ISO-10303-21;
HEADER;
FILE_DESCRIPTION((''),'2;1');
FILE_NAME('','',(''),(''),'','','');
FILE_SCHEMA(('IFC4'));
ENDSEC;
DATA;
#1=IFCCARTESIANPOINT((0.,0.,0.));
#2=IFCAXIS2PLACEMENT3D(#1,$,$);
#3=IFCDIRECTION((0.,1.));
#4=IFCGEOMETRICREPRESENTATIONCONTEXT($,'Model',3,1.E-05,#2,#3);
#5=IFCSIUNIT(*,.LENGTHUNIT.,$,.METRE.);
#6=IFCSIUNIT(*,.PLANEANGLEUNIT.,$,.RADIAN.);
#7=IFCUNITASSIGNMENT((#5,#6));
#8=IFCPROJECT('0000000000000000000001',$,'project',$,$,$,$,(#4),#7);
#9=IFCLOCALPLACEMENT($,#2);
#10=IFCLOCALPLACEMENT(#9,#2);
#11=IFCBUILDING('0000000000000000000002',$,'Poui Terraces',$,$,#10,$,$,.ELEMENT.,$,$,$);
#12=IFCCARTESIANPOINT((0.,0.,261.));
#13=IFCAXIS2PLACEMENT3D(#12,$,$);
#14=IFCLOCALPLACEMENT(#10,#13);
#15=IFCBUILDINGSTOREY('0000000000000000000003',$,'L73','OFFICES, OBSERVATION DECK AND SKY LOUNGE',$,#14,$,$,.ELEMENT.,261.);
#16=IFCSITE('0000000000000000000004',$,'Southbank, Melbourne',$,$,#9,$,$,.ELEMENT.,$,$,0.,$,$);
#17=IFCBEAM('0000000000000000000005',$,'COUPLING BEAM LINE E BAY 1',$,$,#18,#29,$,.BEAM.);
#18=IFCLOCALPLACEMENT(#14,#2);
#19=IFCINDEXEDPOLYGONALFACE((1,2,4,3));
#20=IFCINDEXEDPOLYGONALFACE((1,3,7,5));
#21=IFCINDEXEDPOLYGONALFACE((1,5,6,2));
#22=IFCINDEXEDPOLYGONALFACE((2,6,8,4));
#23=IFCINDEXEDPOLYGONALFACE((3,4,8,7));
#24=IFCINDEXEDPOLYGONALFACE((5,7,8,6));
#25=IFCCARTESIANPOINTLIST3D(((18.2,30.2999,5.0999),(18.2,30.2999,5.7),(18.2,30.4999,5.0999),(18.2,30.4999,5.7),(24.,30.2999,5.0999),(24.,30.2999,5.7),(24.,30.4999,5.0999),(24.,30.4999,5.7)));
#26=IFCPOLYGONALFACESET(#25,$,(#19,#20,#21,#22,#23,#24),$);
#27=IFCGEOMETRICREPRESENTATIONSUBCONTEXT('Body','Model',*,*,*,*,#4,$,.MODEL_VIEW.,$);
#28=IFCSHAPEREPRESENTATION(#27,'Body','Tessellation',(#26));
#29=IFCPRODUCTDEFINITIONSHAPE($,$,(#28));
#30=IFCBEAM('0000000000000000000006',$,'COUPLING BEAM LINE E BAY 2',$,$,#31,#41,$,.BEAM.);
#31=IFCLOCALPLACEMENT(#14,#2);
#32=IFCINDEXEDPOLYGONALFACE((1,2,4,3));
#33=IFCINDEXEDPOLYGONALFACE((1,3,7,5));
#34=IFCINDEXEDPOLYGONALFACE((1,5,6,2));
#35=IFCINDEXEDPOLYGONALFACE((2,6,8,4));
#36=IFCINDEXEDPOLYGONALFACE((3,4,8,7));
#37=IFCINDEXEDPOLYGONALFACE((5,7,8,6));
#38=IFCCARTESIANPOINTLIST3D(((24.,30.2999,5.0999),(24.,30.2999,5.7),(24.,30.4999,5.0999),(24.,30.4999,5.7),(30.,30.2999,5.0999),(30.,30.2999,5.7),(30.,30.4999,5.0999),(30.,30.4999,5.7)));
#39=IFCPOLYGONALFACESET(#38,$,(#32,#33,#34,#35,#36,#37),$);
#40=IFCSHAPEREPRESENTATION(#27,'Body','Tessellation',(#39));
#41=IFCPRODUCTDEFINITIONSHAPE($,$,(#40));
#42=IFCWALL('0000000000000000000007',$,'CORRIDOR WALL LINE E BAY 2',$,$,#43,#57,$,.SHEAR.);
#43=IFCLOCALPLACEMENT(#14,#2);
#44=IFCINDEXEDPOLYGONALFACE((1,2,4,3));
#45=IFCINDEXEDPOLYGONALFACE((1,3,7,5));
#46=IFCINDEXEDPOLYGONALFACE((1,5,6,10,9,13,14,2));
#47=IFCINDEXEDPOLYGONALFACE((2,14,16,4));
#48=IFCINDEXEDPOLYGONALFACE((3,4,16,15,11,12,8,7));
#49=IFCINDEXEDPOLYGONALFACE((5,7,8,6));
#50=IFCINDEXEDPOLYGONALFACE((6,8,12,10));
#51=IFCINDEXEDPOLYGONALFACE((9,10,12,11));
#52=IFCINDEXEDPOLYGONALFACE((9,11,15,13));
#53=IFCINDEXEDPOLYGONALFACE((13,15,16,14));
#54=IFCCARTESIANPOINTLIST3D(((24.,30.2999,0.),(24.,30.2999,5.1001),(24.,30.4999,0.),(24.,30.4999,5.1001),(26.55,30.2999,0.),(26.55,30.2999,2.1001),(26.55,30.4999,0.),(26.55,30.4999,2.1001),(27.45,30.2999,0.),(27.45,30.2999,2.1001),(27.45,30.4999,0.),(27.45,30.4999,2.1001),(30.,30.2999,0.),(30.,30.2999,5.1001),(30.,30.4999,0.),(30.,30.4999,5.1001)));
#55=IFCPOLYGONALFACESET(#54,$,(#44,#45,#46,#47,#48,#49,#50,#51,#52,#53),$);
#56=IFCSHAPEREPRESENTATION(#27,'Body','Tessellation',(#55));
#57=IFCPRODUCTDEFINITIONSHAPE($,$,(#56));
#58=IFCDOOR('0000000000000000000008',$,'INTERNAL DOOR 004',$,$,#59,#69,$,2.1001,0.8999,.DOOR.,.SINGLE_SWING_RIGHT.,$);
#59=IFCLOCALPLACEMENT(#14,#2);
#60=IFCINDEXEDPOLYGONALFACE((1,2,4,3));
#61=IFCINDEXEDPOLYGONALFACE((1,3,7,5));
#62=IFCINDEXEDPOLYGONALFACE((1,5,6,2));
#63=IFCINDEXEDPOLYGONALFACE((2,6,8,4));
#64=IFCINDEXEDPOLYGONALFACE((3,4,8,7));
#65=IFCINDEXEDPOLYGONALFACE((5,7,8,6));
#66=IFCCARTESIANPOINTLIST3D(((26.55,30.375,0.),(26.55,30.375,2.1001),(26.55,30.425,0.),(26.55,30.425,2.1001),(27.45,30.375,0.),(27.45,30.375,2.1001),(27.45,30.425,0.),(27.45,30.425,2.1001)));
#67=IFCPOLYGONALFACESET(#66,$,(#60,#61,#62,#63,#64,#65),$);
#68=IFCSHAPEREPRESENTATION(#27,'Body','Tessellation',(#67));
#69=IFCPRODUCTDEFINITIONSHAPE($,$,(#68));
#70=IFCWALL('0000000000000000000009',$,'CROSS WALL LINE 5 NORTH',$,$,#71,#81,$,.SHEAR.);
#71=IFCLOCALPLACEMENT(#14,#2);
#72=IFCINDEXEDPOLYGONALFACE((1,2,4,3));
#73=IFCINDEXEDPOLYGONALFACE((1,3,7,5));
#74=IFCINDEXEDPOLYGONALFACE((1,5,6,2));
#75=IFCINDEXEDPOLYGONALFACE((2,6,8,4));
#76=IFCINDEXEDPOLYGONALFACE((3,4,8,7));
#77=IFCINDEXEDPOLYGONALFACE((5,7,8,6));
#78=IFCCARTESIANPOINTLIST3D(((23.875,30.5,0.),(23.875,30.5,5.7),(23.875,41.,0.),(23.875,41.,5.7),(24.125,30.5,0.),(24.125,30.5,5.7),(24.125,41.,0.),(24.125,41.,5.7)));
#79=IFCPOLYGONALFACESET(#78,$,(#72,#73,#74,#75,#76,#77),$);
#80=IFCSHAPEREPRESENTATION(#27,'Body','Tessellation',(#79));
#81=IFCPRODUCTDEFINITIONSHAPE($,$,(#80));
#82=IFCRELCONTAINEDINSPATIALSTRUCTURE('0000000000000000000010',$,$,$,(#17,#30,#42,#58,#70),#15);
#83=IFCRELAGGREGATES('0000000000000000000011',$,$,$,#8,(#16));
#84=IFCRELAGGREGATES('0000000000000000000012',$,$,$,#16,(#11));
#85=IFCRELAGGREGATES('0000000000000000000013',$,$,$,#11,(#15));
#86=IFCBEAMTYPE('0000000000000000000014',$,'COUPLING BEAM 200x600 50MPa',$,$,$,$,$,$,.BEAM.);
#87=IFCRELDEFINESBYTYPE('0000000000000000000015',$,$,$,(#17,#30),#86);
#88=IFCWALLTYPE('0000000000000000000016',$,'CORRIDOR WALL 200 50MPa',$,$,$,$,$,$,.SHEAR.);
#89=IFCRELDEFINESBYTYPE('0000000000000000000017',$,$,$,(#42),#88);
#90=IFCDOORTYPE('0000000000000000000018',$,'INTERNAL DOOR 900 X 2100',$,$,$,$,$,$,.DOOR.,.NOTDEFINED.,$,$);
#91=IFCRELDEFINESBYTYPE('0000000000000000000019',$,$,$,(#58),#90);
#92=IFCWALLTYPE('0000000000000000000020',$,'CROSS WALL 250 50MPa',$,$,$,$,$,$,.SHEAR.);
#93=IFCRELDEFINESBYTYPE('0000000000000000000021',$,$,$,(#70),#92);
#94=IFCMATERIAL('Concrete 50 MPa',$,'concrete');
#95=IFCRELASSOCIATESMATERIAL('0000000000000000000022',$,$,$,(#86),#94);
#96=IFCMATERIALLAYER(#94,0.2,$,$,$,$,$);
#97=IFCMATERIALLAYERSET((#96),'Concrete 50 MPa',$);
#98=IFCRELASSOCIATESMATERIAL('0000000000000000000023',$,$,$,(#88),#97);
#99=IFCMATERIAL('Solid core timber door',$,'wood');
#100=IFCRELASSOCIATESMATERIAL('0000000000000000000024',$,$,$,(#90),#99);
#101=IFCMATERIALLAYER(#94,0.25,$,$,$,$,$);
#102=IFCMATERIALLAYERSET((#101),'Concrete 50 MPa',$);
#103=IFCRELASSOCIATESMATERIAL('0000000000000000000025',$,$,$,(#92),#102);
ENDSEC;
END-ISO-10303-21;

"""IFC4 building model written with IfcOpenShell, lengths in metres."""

from ifc_helpers import new_model, si_unit, direction, frame, frame_2d, origin, origin_2d, place, context, subcontext, project, spatial, rectangle, extrude, source, transform, mapped, material, layer, layer_set, material_profile, profile_set, type_object, element, fill, save


model = new_model("IFC4")

# Units and contexts
model_context = context("Model", 3, precision=1e-05, world=origin(), true_north=direction((0.0, 1.0)))
body_context = subcontext(model_context, "Body", "Model", "MODEL_VIEW")
ifc_project = project(units=[si_unit("LENGTHUNIT", "METRE"), si_unit("PLANEANGLEUNIT", "RADIAN")], contexts=[model_context])

# Site, building, storey
site_placement = place(None, origin())
site = spatial("IfcSite", under=ifc_project, at=site_placement, Name="Southbank, Melbourne", CompositionType="ELEMENT", RefElevation=0.0)
building_placement = place(site_placement, origin())
building = spatial("IfcBuilding", under=site, at=building_placement, Name="Poui Terraces", CompositionType="ELEMENT")
storey_placement = place(building_placement, frame((0.0, 0.0, 261.0)))
storey = spatial("IfcBuildingStorey", under=building, at=storey_placement, Name="L73", Description="OFFICES, OBSERVATION DECK AND SKY LOUNGE", CompositionType="ELEMENT", Elevation=261.0)

# Beams
ifc_material_1 = material(Name="Concrete 50 MPa", Category="concrete")
ifc_material_profile = material_profile(ifc_material_1, rectangle(XDim=0.2, YDim=0.6001, at=origin_2d()), Name="RC 200x600")
ifc_profile_set = profile_set([ifc_material_profile], Name="Concrete 50 MPa")
beam_type = type_object("IfcBeamType", Name="COUPLING BEAM 200x600 50MPa", PredefinedType="BEAM", material=ifc_profile_set)
shared_shape_1 = source(origin(), body_context, "Body", "SweptSolid", [
    extrude(rectangle(XDim=0.2, YDim=0.6001, at=origin_2d()), origin(), (0.0, 0.0, 1.0), 5.8),
])
beam_1_placement = place(storey_placement, frame((18.2, 30.3999, 5.3999), z_axis=(1.0, 0.0, 0.0), x_axis=(0.0, 1.0, 0.0)))
element("IfcBeam", 1, at=beam_1_placement, inside=storey, type_object=beam_type, Name="COUPLING BEAM LINE E BAY 1", PredefinedType="BEAM", context=body_context, shape_type="MappedRepresentation", body=[
    mapped(shared_shape_1, transform((0.0, 0.0, 0.0))),
])
shared_shape_2 = source(origin(), body_context, "Body", "SweptSolid", [
    extrude(rectangle(XDim=0.2, YDim=0.6001, at=origin_2d()), origin(), (0.0, 0.0, 1.0), 6.0),
])
beam_2_placement = place(storey_placement, frame((24.0, 30.3999, 5.3999), z_axis=(1.0, 0.0, 0.0), x_axis=(0.0, 1.0, 0.0)))
element("IfcBeam", 2, at=beam_2_placement, inside=storey, type_object=beam_type, Name="COUPLING BEAM LINE E BAY 2", PredefinedType="BEAM", context=body_context, shape_type="MappedRepresentation", body=[
    mapped(shared_shape_2, transform((0.0, 0.0, 0.0))),
])

# Wall, opening, door
ifc_layer_1 = layer(ifc_material_1, 0.2)
ifc_layer_set_1 = layer_set([ifc_layer_1], Name="Concrete 50 MPa")
wall_type_1 = type_object("IfcWallType", Name="CORRIDOR WALL 200 50MPa", PredefinedType="SHEAR", material=ifc_layer_set_1)
wall_1_placement = place(storey_placement, frame((24.0, 30.3999, 0.0), z_axis=(0.0, 0.0, 1.0), x_axis=(1.0, 0.0, 0.0)))
wall_1 = element("IfcWall", 3, at=wall_1_placement, inside=storey, type_object=wall_type_1, Name="CORRIDOR WALL LINE E BAY 2", PredefinedType="SHEAR", context=body_context, shape_type="SweptSolid", body=[
    extrude(rectangle(XDim=6.0, YDim=0.2, at=frame_2d((3.0, 0.0))), origin(), (0.0, 0.0, 1.0), 5.1001),
])
opening_placement = place(wall_1_placement, frame((2.55, 0.0, 0.0)))
opening = element("IfcOpeningElement", 4, at=opening_placement, cuts=wall_1, PredefinedType="OPENING", context=body_context, shape_type="SweptSolid", body=[
    extrude(rectangle(XDim=0.8999, YDim=2.1001, at=frame_2d((0.45, 1.05))), frame((0.0, 0.1099, 0.0), z_axis=(0.0, -1.0, 0.0), x_axis=(1.0, 0.0, 0.0)), (0.0, 0.0, 1.0), 0.22),
])
ifc_material_2 = material(Name="Solid core timber door", Category="wood")
door_type = type_object("IfcDoorType", Name="INTERNAL DOOR 900 X 2100", OperationType="NOTDEFINED", PredefinedType="DOOR", material=ifc_material_2)
door_placement = place(opening_placement, frame((0.8999, 0.0, 0.0), z_axis=(0.0, 0.0, 1.0), x_axis=(-1.0, 0.0, 0.0)))
door = element("IfcDoor", 5, at=door_placement, inside=storey, type_object=door_type, Name="INTERNAL DOOR 004", OperationType="SINGLE_SWING_RIGHT", OverallHeight=2.1001, OverallWidth=0.8999, PredefinedType="DOOR", context=body_context, shape_type="SweptSolid", body=[
    extrude(rectangle(XDim=0.8999, YDim=2.1001, at=frame_2d((0.45, 1.05))), frame((0.0, 0.0249, 0.0), z_axis=(0.0, -1.0, 0.0), x_axis=(1.0, 0.0, 0.0)), (0.0, 0.0, 1.0), 0.05),
])
fill(opening, door)

# Wall
ifc_layer_2 = layer(ifc_material_1, 0.25)
ifc_layer_set_2 = layer_set([ifc_layer_2], Name="Concrete 50 MPa")
wall_type_2 = type_object("IfcWallType", Name="CROSS WALL 250 50MPa", PredefinedType="SHEAR", material=ifc_layer_set_2)
wall_2_placement = place(storey_placement, frame((24.0, 30.5, 0.0), z_axis=(0.0, 0.0, 1.0), x_axis=(0.0, 1.0, 0.0)))
element("IfcWall", 6, at=wall_2_placement, inside=storey, type_object=wall_type_2, Name="CROSS WALL LINE 5 NORTH", PredefinedType="SHEAR", context=body_context, shape_type="SweptSolid", body=[
    extrude(rectangle(XDim=10.5, YDim=0.25, at=frame_2d((5.25, 0.0))), origin(), (0.0, 0.0, 1.0), 5.7),
])

save(model, "model.ifc")
